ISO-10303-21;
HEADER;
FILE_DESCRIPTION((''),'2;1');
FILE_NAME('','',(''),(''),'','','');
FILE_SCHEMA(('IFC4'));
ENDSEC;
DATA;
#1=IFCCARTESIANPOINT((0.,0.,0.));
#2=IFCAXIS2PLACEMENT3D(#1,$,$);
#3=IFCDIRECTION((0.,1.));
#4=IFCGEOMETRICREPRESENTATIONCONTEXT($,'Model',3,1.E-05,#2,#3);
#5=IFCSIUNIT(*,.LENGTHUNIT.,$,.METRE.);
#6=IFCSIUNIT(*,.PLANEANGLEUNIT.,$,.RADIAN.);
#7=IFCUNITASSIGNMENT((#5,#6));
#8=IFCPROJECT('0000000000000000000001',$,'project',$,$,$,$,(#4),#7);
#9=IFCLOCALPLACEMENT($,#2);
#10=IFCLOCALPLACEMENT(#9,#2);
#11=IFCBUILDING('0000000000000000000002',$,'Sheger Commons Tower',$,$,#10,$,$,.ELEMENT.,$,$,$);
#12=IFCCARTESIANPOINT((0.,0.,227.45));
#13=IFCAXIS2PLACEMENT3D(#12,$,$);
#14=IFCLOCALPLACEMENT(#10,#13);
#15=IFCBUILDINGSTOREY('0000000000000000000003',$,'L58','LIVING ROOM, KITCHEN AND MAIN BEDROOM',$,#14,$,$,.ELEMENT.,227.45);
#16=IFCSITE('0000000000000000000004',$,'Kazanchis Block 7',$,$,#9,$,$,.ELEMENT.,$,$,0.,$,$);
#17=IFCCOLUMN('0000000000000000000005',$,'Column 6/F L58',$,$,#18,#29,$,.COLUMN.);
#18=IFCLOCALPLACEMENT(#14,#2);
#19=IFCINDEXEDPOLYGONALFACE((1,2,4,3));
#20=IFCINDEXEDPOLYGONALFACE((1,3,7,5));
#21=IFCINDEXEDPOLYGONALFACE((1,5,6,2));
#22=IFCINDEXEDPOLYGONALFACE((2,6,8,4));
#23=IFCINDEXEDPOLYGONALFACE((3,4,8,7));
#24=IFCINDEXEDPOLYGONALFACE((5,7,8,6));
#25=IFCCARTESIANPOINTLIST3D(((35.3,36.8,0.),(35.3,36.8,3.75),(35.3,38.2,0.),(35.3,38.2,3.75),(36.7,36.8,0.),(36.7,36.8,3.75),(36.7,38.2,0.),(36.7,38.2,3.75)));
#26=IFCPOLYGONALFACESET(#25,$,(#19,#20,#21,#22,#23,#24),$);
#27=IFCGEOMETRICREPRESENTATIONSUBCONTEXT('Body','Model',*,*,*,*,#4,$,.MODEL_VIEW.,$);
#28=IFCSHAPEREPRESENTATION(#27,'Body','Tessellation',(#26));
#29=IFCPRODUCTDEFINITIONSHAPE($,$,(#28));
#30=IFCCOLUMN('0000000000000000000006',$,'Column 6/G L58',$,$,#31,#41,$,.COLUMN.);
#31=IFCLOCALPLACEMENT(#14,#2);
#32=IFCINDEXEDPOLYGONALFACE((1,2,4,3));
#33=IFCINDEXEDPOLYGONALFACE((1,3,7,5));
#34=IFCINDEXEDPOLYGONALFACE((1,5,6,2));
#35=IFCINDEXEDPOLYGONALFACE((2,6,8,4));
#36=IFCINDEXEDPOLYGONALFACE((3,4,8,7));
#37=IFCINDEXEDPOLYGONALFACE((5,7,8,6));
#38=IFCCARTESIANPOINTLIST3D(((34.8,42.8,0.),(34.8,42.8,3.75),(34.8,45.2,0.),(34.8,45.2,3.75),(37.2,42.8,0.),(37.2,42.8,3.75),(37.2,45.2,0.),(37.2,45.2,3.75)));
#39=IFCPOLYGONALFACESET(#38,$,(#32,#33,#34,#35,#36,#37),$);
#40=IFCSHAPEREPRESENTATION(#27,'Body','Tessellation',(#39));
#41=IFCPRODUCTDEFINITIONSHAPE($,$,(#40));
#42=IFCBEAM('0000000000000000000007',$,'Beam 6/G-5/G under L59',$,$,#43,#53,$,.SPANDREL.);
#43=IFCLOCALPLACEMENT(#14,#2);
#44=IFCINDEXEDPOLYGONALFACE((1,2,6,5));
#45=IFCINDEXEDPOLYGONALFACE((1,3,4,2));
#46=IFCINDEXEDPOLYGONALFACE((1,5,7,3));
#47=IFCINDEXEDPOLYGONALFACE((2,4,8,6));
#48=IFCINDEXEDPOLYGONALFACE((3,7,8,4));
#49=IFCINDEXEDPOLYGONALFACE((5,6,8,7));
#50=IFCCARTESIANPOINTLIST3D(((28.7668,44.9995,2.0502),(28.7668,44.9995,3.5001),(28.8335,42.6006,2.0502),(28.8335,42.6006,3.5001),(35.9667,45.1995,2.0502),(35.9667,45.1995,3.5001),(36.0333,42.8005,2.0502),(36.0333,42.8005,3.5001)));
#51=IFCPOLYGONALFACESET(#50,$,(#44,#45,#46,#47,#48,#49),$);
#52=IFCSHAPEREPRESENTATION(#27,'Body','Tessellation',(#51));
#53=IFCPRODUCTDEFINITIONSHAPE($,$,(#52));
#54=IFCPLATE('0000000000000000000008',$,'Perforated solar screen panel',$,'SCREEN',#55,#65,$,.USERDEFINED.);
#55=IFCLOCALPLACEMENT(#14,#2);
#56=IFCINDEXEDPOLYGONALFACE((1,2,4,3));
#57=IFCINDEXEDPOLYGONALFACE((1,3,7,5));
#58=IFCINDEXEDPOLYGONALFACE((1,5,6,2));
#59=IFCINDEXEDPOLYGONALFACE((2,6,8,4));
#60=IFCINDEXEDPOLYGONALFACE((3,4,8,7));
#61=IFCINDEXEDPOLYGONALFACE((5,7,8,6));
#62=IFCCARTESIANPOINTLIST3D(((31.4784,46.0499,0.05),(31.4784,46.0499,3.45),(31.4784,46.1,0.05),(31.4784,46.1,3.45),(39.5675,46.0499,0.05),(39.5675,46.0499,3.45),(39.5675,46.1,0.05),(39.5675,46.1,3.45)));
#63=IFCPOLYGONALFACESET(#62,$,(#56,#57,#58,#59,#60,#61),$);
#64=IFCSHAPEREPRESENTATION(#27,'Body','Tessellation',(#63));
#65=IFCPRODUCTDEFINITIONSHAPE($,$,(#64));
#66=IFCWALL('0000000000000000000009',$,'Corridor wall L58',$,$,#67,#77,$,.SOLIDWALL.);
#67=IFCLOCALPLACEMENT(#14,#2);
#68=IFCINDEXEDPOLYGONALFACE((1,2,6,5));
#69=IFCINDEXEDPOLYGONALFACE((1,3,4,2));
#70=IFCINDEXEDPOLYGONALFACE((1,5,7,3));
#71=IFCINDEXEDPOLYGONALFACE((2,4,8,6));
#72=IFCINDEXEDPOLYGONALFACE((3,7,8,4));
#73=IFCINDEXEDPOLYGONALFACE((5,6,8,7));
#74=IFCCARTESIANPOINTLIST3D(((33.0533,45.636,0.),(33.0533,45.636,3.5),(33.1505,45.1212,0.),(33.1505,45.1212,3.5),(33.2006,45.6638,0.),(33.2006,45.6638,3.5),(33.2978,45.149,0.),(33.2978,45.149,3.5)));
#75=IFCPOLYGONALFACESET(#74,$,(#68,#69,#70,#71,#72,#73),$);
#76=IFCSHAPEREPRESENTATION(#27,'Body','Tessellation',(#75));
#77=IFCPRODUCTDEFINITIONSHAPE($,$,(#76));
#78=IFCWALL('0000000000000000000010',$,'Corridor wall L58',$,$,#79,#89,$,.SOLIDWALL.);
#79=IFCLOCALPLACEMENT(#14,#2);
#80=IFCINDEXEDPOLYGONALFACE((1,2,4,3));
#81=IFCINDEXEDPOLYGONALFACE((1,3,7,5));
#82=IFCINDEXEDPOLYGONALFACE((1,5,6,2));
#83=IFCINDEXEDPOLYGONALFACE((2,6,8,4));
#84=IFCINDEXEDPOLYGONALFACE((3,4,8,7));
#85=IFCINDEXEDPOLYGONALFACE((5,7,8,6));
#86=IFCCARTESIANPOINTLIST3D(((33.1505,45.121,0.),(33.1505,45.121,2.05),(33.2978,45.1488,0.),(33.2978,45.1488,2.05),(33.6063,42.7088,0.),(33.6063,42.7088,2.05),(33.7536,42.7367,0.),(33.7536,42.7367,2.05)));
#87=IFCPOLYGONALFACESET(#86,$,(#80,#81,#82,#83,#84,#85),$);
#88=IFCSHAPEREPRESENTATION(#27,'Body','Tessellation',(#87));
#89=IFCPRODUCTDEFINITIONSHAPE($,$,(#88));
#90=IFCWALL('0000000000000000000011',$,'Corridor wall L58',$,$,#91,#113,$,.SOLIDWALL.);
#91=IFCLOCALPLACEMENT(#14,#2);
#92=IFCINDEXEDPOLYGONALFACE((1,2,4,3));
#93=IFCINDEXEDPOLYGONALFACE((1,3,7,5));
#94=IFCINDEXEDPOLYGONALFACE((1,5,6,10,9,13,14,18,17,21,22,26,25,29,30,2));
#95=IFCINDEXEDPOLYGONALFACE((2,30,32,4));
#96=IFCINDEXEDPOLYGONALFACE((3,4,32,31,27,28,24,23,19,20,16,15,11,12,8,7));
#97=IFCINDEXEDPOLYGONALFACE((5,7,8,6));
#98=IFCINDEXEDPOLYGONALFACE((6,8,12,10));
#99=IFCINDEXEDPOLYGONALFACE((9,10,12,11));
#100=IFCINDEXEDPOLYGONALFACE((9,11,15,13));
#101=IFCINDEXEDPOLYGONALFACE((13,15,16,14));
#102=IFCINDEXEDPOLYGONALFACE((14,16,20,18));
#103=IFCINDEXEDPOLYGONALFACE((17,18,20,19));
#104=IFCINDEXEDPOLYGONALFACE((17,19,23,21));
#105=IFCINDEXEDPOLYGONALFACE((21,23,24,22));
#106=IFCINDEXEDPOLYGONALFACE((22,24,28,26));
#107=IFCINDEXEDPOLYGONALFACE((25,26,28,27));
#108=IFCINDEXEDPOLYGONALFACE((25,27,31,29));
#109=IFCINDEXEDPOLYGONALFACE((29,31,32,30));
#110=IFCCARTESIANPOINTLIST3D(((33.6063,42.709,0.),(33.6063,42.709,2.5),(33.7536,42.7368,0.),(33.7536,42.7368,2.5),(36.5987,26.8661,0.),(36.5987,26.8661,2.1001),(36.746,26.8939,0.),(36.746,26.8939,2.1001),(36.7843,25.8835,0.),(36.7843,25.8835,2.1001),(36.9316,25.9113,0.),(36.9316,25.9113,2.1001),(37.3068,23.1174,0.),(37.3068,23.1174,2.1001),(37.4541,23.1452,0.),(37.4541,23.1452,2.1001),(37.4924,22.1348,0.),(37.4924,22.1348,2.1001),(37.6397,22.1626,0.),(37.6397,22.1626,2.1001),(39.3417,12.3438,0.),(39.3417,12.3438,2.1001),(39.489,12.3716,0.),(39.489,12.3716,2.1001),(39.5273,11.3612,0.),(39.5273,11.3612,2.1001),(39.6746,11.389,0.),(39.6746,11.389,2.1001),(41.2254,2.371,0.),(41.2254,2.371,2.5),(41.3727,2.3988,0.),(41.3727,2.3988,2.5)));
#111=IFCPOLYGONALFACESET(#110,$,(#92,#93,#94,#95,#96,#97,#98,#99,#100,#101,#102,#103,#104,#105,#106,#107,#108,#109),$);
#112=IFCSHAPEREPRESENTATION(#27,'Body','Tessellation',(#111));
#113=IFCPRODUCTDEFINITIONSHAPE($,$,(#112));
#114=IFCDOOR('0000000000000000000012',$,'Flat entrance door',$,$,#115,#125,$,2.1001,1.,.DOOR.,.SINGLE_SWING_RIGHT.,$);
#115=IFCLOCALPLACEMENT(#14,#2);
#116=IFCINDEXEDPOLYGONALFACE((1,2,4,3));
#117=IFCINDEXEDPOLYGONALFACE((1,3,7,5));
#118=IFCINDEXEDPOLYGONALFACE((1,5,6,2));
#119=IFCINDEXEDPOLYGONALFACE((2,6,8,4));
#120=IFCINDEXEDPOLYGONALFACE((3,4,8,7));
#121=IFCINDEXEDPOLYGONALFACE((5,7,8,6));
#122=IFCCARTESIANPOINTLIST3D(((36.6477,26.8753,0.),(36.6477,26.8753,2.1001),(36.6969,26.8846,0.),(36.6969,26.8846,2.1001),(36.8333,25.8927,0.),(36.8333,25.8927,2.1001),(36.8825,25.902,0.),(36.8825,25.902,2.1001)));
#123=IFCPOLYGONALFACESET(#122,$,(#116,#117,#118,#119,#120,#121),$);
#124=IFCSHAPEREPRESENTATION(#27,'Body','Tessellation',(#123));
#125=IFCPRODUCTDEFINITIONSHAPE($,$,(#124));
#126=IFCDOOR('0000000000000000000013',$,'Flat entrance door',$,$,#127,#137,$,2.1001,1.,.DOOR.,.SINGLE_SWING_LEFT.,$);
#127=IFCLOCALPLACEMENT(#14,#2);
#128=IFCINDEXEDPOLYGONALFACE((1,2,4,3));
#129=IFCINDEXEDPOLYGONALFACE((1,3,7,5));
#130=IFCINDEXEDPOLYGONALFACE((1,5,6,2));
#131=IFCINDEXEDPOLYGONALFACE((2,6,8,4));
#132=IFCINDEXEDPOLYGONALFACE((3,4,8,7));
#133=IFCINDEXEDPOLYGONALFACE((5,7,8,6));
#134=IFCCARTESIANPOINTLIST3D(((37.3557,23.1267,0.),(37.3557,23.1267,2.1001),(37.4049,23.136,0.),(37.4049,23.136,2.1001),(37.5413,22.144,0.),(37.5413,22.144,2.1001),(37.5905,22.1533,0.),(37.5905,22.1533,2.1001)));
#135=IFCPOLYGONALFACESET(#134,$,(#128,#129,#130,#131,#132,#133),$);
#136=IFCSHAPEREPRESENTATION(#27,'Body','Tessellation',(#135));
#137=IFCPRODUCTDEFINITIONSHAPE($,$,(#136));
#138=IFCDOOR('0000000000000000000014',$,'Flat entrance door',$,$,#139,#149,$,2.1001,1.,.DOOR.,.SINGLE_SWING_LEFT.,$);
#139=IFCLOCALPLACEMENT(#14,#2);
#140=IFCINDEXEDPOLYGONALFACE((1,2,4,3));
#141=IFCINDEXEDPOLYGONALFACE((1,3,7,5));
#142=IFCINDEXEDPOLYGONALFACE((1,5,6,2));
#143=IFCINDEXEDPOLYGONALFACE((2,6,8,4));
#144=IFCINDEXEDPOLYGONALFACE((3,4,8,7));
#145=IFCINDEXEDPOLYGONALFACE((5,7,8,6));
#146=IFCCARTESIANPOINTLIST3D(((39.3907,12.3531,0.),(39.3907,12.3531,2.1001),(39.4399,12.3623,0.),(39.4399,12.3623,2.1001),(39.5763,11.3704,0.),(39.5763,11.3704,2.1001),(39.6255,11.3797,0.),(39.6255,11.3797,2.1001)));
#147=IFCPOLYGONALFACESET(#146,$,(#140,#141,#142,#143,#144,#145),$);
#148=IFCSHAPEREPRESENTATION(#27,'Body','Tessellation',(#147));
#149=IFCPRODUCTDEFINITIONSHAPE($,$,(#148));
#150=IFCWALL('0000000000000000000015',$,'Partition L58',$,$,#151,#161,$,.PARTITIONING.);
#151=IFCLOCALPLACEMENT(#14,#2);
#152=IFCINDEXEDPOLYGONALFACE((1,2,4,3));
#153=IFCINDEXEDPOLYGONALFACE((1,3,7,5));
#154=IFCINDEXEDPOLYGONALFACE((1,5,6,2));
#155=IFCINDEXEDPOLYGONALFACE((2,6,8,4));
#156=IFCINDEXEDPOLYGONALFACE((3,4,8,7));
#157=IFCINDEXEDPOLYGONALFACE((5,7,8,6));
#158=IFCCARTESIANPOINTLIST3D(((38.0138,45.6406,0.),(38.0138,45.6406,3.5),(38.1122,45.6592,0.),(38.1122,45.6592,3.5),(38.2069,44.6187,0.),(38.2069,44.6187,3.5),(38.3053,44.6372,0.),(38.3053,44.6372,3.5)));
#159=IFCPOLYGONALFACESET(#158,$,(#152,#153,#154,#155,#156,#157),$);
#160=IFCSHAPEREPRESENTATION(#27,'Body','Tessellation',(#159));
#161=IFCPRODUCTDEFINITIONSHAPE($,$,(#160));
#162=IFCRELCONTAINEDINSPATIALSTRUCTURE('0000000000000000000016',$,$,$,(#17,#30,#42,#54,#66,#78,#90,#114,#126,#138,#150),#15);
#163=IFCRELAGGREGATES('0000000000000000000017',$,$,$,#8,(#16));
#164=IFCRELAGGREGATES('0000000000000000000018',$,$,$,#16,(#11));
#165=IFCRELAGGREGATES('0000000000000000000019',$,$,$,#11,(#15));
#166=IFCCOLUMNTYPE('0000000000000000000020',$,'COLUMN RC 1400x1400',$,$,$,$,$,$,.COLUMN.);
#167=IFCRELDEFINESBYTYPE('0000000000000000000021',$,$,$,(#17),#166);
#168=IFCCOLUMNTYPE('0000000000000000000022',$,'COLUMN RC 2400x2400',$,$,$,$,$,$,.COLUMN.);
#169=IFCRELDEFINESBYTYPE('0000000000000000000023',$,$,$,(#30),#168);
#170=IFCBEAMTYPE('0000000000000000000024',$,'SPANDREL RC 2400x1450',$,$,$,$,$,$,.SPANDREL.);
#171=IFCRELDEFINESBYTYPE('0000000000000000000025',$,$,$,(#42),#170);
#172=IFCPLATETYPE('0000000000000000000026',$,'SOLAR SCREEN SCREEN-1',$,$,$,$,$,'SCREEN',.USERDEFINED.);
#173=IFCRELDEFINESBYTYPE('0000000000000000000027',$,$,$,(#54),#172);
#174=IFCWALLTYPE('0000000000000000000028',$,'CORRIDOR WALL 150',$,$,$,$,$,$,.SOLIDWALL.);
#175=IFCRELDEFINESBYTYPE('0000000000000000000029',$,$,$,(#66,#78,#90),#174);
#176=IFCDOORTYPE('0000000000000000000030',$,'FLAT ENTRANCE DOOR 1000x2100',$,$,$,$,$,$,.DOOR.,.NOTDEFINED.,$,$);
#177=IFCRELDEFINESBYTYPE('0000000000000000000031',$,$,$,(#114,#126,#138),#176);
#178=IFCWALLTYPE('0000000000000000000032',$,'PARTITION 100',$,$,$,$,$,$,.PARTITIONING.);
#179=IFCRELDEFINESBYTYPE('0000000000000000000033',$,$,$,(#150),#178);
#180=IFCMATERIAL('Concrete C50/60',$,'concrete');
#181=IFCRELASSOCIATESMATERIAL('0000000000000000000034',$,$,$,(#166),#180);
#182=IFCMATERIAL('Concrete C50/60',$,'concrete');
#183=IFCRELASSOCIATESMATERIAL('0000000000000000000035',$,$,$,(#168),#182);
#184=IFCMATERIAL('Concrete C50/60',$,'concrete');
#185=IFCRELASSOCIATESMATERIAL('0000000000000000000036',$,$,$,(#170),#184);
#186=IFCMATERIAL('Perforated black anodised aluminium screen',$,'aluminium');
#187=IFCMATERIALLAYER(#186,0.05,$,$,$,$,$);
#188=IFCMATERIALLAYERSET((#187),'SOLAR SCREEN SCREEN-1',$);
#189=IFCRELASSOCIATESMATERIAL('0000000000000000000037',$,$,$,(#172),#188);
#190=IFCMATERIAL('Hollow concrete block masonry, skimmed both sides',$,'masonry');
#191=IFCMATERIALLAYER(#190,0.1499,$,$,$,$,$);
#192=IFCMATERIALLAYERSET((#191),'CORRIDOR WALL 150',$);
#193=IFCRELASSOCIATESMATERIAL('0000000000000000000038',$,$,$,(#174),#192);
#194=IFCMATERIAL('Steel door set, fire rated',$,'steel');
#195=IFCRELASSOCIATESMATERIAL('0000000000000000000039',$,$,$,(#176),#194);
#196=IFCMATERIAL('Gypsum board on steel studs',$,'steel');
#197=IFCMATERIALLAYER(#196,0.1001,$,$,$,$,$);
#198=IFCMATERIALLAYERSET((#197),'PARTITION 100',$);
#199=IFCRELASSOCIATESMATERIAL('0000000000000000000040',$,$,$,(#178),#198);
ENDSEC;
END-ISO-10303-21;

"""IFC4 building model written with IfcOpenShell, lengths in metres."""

from ifc_helpers import new_model, si_unit, direction, frame, frame_2d, origin, origin_2d, place, context, subcontext, project, spatial, rectangle, extrude, material, layer, layer_set, material_profile, profile_set, type_object, element, fill, save


model = new_model("IFC4")

# Units and contexts
model_context = context("Model", 3, precision=1e-05, world=origin(), true_north=direction((0.0, 1.0)))
body_context = subcontext(model_context, "Body", "Model", "MODEL_VIEW")
ifc_project = project(units=[si_unit("LENGTHUNIT", "METRE"), si_unit("PLANEANGLEUNIT", "RADIAN")], contexts=[model_context])

# Site, building, storey
site_placement = place(None, origin())
site = spatial("IfcSite", under=ifc_project, at=site_placement, Name="Kazanchis Block 7", CompositionType="ELEMENT", RefElevation=0.0)
building_placement = place(site_placement, origin())
building = spatial("IfcBuilding", under=site, at=building_placement, Name="Sheger Commons Tower", CompositionType="ELEMENT")
storey_placement = place(building_placement, frame((0.0, 0.0, 227.45)))
storey = spatial("IfcBuildingStorey", under=building, at=storey_placement, Name="L58", Description="LIVING ROOM, KITCHEN AND MAIN BEDROOM", CompositionType="ELEMENT", Elevation=227.45)

# Columns
ifc_material_1 = material(Name="Concrete C50/60", Category="concrete")
ifc_material_profile_1 = material_profile(ifc_material_1, rectangle(XDim=1.3999, YDim=1.3999, at=origin_2d()), Name="RC 1400x1400")
ifc_profile_set_1 = profile_set([ifc_material_profile_1], Name="Concrete C50/60")
column_type_1 = type_object("IfcColumnType", Name="COLUMN RC 1400x1400", PredefinedType="COLUMN", material=ifc_profile_set_1)
column_1_placement = place(storey_placement, frame((36.0, 37.5, 0.0), z_axis=(0.0, 0.0, 1.0), x_axis=(1.0, 0.0, 0.0)))
element("IfcColumn", 1, at=column_1_placement, inside=storey, type_object=column_type_1, Name="Column 6/F L58", PredefinedType="COLUMN", context=body_context, shape_type="SweptSolid", body=[
    extrude(rectangle(XDim=1.3999, YDim=1.3999, at=origin_2d()), origin(), (0.0, 0.0, 1.0), 3.75),
])
ifc_material_2 = material(Name="Concrete C50/60", Category="concrete")
ifc_material_profile_2 = material_profile(ifc_material_2, rectangle(XDim=2.3999, YDim=2.3999, at=origin_2d()), Name="RC 2400x2400")
ifc_profile_set_2 = profile_set([ifc_material_profile_2], Name="Concrete C50/60")
column_type_2 = type_object("IfcColumnType", Name="COLUMN RC 2400x2400", PredefinedType="COLUMN", material=ifc_profile_set_2)
column_2_placement = place(storey_placement, frame((36.0, 44.0, 0.0), z_axis=(0.0, 0.0, 1.0), x_axis=(1.0, 0.0, 0.0)))
element("IfcColumn", 2, at=column_2_placement, inside=storey, type_object=column_type_2, Name="Column 6/G L58", PredefinedType="COLUMN", context=body_context, shape_type="SweptSolid", body=[
    extrude(rectangle(XDim=2.3999, YDim=2.3999, at=origin_2d()), origin(), (0.0, 0.0, 1.0), 3.75),
])

# Beam
ifc_material_3 = material(Name="Concrete C50/60", Category="concrete")
ifc_material_profile_3 = material_profile(ifc_material_3, rectangle(XDim=2.3999, YDim=1.45, at=origin_2d()), Name="RC 2400x1450")
ifc_profile_set_3 = profile_set([ifc_material_profile_3], Name="Concrete C50/60")
beam_type = type_object("IfcBeamType", Name="SPANDREL RC 2400x1450", PredefinedType="SPANDREL", material=ifc_profile_set_3)
beam_placement = place(storey_placement, frame((36.0, 44.0, 2.7751), z_axis=(-0.999615, -0.02776, 0.0), x_axis=(0.02776, -0.999615, 0.0)))
element("IfcBeam", 3, at=beam_placement, inside=storey, type_object=beam_type, Name="Beam 6/G-5/G under L59", PredefinedType="SPANDREL", context=body_context, shape_type="SweptSolid", body=[
    extrude(rectangle(XDim=2.3999, YDim=1.45, at=origin_2d()), origin(), (0.0, 0.0, 1.0), 7.2026),
])

# Plate
ifc_material_4 = material(Name="Perforated black anodised aluminium screen", Category="aluminium")
ifc_layer_1 = layer(ifc_material_4, 0.05)
ifc_layer_set_1 = layer_set([ifc_layer_1], Name="SOLAR SCREEN SCREEN-1")
plate_type = type_object("IfcPlateType", Name="SOLAR SCREEN SCREEN-1", ElementType="SCREEN", PredefinedType="USERDEFINED", material=ifc_layer_set_1)
plate_placement = place(storey_placement, frame((35.5229, 46.075, 0.05), z_axis=(0.0, 0.0, 1.0), x_axis=(-1.0, 0.0, 0.0)))
element("IfcPlate", 4, at=plate_placement, inside=storey, type_object=plate_type, Name="Perforated solar screen panel", ObjectType="SCREEN", PredefinedType="USERDEFINED", context=body_context, shape_type="SweptSolid", body=[
    extrude(rectangle(XDim=8.0891, YDim=0.05, at=origin_2d()), origin(), (0.0, 0.0, 1.0), 3.3999),
])

# Walls
ifc_material_5 = material(Name="Hollow concrete block masonry, skimmed both sides", Category="masonry")
ifc_layer_2 = layer(ifc_material_5, 0.1499)
ifc_layer_set_2 = layer_set([ifc_layer_2], Name="CORRIDOR WALL 150")
wall_type_1 = type_object("IfcWallType", Name="CORRIDOR WALL 150", PredefinedType="SOLIDWALL", material=ifc_layer_set_2)
wall_1_placement = place(storey_placement, frame((33.127, 45.6499, 0.0), z_axis=(0.0, 0.0, 1.0), x_axis=(0.185442, -0.982655, 0.0)))
element("IfcWall", 5, at=wall_1_placement, inside=storey, type_object=wall_type_1, Name="Corridor wall L58", PredefinedType="SOLIDWALL", context=body_context, shape_type="SweptSolid", body=[
    extrude(rectangle(XDim=0.5239, YDim=0.1499, at=frame_2d((0.262, 0.0))), origin(), (0.0, 0.0, 1.0), 3.5),
])
wall_2_placement = place(storey_placement, frame((33.2241, 45.135, 0.0), z_axis=(0.0, 0.0, 1.0), x_axis=(0.185681, -0.98261, 0.0)))
element("IfcWall", 6, at=wall_2_placement, inside=storey, type_object=wall_type_1, Name="Corridor wall L58", PredefinedType="SOLIDWALL", context=body_context, shape_type="SweptSolid", body=[
    extrude(rectangle(XDim=2.4548, YDim=0.1499, at=frame_2d((1.2275, 0.0))), origin(), (0.0, 0.0, 1.0), 2.05),
])

# Wall, openings, doors
wall_3_placement = place(storey_placement, frame((33.6799, 42.7229, 0.0), z_axis=(0.0, 0.0, 1.0), x_axis=(0.185601, -0.982625, 0.0)))
wall_3 = element("IfcWall", 7, at=wall_3_placement, inside=storey, type_object=wall_type_1, Name="Corridor wall L58", PredefinedType="SOLIDWALL", context=body_context, shape_type="SweptSolid", body=[
    extrude(rectangle(XDim=41.0513, YDim=0.1499, at=frame_2d((20.5256, 0.0))), origin(), (0.0, 0.0, 1.0), 2.5),
])
opening_1_placement = place(wall_3_placement, frame((16.123, 0.0, 0.0)))
opening_1 = element("IfcOpeningElement", 8, at=opening_1_placement, cuts=wall_3, PredefinedType="OPENING", context=body_context, shape_type="SweptSolid", body=[
    extrude(rectangle(XDim=1.0, YDim=2.1001, at=frame_2d((0.5, 1.05))), frame((0.0, 0.085, 0.0), z_axis=(0.0, -1.0, 0.0), x_axis=(1.0, 0.0, 0.0)), (0.0, 0.0, 1.0), 0.1699),
])
opening_2_placement = place(wall_3_placement, frame((19.938, 0.0, 0.0)))
opening_2 = element("IfcOpeningElement", 9, at=opening_2_placement, cuts=wall_3, PredefinedType="OPENING", context=body_context, shape_type="SweptSolid", body=[
    extrude(rectangle(XDim=1.0, YDim=2.1001, at=frame_2d((0.5, 1.05))), frame((0.0, 0.085, 0.0), z_axis=(0.0, -1.0, 0.0), x_axis=(1.0, 0.0, 0.0)), (0.0, 0.0, 1.0), 0.1699),
])
opening_3_placement = place(wall_3_placement, frame((30.9021, 0.0, 0.0)))
opening_3 = element("IfcOpeningElement", 10, at=opening_3_placement, cuts=wall_3, PredefinedType="OPENING", context=body_context, shape_type="SweptSolid", body=[
    extrude(rectangle(XDim=1.0, YDim=2.1001, at=frame_2d((0.5, 1.05))), frame((0.0, 0.085, 0.0), z_axis=(0.0, -1.0, 0.0), x_axis=(1.0, 0.0, 0.0)), (0.0, 0.0, 1.0), 0.1699),
])
ifc_material_6 = material(Name="Steel door set, fire rated", Category="steel")
door_type_1 = type_object("IfcDoorType", Name="FLAT ENTRANCE DOOR 1000x2100", OperationType="NOTDEFINED", PredefinedType="DOOR", material=ifc_material_6)
door_1_placement = place(opening_1_placement, origin())
door_1 = element("IfcDoor", 11, at=door_1_placement, inside=storey, type_object=door_type_1, Name="Flat entrance door", OperationType="SINGLE_SWING_RIGHT", OverallHeight=2.1001, OverallWidth=1.0, PredefinedType="DOOR", context=body_context, shape_type="SweptSolid", body=[
    extrude(rectangle(XDim=1.0, YDim=2.1001, at=frame_2d((0.5, 1.05))), frame((0.0, 0.0249, 0.0), z_axis=(0.0, -1.0, 0.0), x_axis=(1.0, 0.0, 0.0)), (0.0, 0.0, 1.0), 0.05),
])
fill(opening_1, door_1)
door_2_placement = place(opening_2_placement, origin())
door_2 = element("IfcDoor", 12, at=door_2_placement, inside=storey, type_object=door_type_1, Name="Flat entrance door", OperationType="SINGLE_SWING_LEFT", OverallHeight=2.1001, OverallWidth=1.0, PredefinedType="DOOR", context=body_context, shape_type="SweptSolid", body=[
    extrude(rectangle(XDim=1.0, YDim=2.1001, at=frame_2d((0.5, 1.05))), frame((0.0, 0.0249, 0.0), z_axis=(0.0, -1.0, 0.0), x_axis=(1.0, 0.0, 0.0)), (0.0, 0.0, 1.0), 0.05),
])
fill(opening_2, door_2)
door_3_placement = place(opening_3_placement, origin())
door_3 = element("IfcDoor", 13, at=door_3_placement, inside=storey, type_object=door_type_1, Name="Flat entrance door", OperationType="SINGLE_SWING_LEFT", OverallHeight=2.1001, OverallWidth=1.0, PredefinedType="DOOR", context=body_context, shape_type="SweptSolid", body=[
    extrude(rectangle(XDim=1.0, YDim=2.1001, at=frame_2d((0.5, 1.05))), frame((0.0, 0.0249, 0.0), z_axis=(0.0, -1.0, 0.0), x_axis=(1.0, 0.0, 0.0)), (0.0, 0.0, 1.0), 0.05),
])
fill(opening_3, door_3)

# Wall
ifc_material_7 = material(Name="Gypsum board on steel studs", Category="steel")
ifc_layer_3 = layer(ifc_material_7, 0.1001)
ifc_layer_set_3 = layer_set([ifc_layer_3], Name="PARTITION 100")
wall_type_2 = type_object("IfcWallType", Name="PARTITION 100", PredefinedType="PARTITIONING", material=ifc_layer_set_3)
wall_4_placement = place(storey_placement, frame((38.063, 45.6499, 0.0), z_axis=(0.0, 0.0, 1.0), x_axis=(0.185677, -0.982611, 0.0)))
element("IfcWall", 14, at=wall_4_placement, inside=storey, type_object=wall_type_2, Name="Partition L58", PredefinedType="PARTITIONING", context=body_context, shape_type="SweptSolid", body=[
    extrude(rectangle(XDim=1.04, YDim=0.1001, at=frame_2d((0.52, 0.0))), origin(), (0.0, 0.0, 1.0), 3.5),
])

save(model, "model.ifc")
